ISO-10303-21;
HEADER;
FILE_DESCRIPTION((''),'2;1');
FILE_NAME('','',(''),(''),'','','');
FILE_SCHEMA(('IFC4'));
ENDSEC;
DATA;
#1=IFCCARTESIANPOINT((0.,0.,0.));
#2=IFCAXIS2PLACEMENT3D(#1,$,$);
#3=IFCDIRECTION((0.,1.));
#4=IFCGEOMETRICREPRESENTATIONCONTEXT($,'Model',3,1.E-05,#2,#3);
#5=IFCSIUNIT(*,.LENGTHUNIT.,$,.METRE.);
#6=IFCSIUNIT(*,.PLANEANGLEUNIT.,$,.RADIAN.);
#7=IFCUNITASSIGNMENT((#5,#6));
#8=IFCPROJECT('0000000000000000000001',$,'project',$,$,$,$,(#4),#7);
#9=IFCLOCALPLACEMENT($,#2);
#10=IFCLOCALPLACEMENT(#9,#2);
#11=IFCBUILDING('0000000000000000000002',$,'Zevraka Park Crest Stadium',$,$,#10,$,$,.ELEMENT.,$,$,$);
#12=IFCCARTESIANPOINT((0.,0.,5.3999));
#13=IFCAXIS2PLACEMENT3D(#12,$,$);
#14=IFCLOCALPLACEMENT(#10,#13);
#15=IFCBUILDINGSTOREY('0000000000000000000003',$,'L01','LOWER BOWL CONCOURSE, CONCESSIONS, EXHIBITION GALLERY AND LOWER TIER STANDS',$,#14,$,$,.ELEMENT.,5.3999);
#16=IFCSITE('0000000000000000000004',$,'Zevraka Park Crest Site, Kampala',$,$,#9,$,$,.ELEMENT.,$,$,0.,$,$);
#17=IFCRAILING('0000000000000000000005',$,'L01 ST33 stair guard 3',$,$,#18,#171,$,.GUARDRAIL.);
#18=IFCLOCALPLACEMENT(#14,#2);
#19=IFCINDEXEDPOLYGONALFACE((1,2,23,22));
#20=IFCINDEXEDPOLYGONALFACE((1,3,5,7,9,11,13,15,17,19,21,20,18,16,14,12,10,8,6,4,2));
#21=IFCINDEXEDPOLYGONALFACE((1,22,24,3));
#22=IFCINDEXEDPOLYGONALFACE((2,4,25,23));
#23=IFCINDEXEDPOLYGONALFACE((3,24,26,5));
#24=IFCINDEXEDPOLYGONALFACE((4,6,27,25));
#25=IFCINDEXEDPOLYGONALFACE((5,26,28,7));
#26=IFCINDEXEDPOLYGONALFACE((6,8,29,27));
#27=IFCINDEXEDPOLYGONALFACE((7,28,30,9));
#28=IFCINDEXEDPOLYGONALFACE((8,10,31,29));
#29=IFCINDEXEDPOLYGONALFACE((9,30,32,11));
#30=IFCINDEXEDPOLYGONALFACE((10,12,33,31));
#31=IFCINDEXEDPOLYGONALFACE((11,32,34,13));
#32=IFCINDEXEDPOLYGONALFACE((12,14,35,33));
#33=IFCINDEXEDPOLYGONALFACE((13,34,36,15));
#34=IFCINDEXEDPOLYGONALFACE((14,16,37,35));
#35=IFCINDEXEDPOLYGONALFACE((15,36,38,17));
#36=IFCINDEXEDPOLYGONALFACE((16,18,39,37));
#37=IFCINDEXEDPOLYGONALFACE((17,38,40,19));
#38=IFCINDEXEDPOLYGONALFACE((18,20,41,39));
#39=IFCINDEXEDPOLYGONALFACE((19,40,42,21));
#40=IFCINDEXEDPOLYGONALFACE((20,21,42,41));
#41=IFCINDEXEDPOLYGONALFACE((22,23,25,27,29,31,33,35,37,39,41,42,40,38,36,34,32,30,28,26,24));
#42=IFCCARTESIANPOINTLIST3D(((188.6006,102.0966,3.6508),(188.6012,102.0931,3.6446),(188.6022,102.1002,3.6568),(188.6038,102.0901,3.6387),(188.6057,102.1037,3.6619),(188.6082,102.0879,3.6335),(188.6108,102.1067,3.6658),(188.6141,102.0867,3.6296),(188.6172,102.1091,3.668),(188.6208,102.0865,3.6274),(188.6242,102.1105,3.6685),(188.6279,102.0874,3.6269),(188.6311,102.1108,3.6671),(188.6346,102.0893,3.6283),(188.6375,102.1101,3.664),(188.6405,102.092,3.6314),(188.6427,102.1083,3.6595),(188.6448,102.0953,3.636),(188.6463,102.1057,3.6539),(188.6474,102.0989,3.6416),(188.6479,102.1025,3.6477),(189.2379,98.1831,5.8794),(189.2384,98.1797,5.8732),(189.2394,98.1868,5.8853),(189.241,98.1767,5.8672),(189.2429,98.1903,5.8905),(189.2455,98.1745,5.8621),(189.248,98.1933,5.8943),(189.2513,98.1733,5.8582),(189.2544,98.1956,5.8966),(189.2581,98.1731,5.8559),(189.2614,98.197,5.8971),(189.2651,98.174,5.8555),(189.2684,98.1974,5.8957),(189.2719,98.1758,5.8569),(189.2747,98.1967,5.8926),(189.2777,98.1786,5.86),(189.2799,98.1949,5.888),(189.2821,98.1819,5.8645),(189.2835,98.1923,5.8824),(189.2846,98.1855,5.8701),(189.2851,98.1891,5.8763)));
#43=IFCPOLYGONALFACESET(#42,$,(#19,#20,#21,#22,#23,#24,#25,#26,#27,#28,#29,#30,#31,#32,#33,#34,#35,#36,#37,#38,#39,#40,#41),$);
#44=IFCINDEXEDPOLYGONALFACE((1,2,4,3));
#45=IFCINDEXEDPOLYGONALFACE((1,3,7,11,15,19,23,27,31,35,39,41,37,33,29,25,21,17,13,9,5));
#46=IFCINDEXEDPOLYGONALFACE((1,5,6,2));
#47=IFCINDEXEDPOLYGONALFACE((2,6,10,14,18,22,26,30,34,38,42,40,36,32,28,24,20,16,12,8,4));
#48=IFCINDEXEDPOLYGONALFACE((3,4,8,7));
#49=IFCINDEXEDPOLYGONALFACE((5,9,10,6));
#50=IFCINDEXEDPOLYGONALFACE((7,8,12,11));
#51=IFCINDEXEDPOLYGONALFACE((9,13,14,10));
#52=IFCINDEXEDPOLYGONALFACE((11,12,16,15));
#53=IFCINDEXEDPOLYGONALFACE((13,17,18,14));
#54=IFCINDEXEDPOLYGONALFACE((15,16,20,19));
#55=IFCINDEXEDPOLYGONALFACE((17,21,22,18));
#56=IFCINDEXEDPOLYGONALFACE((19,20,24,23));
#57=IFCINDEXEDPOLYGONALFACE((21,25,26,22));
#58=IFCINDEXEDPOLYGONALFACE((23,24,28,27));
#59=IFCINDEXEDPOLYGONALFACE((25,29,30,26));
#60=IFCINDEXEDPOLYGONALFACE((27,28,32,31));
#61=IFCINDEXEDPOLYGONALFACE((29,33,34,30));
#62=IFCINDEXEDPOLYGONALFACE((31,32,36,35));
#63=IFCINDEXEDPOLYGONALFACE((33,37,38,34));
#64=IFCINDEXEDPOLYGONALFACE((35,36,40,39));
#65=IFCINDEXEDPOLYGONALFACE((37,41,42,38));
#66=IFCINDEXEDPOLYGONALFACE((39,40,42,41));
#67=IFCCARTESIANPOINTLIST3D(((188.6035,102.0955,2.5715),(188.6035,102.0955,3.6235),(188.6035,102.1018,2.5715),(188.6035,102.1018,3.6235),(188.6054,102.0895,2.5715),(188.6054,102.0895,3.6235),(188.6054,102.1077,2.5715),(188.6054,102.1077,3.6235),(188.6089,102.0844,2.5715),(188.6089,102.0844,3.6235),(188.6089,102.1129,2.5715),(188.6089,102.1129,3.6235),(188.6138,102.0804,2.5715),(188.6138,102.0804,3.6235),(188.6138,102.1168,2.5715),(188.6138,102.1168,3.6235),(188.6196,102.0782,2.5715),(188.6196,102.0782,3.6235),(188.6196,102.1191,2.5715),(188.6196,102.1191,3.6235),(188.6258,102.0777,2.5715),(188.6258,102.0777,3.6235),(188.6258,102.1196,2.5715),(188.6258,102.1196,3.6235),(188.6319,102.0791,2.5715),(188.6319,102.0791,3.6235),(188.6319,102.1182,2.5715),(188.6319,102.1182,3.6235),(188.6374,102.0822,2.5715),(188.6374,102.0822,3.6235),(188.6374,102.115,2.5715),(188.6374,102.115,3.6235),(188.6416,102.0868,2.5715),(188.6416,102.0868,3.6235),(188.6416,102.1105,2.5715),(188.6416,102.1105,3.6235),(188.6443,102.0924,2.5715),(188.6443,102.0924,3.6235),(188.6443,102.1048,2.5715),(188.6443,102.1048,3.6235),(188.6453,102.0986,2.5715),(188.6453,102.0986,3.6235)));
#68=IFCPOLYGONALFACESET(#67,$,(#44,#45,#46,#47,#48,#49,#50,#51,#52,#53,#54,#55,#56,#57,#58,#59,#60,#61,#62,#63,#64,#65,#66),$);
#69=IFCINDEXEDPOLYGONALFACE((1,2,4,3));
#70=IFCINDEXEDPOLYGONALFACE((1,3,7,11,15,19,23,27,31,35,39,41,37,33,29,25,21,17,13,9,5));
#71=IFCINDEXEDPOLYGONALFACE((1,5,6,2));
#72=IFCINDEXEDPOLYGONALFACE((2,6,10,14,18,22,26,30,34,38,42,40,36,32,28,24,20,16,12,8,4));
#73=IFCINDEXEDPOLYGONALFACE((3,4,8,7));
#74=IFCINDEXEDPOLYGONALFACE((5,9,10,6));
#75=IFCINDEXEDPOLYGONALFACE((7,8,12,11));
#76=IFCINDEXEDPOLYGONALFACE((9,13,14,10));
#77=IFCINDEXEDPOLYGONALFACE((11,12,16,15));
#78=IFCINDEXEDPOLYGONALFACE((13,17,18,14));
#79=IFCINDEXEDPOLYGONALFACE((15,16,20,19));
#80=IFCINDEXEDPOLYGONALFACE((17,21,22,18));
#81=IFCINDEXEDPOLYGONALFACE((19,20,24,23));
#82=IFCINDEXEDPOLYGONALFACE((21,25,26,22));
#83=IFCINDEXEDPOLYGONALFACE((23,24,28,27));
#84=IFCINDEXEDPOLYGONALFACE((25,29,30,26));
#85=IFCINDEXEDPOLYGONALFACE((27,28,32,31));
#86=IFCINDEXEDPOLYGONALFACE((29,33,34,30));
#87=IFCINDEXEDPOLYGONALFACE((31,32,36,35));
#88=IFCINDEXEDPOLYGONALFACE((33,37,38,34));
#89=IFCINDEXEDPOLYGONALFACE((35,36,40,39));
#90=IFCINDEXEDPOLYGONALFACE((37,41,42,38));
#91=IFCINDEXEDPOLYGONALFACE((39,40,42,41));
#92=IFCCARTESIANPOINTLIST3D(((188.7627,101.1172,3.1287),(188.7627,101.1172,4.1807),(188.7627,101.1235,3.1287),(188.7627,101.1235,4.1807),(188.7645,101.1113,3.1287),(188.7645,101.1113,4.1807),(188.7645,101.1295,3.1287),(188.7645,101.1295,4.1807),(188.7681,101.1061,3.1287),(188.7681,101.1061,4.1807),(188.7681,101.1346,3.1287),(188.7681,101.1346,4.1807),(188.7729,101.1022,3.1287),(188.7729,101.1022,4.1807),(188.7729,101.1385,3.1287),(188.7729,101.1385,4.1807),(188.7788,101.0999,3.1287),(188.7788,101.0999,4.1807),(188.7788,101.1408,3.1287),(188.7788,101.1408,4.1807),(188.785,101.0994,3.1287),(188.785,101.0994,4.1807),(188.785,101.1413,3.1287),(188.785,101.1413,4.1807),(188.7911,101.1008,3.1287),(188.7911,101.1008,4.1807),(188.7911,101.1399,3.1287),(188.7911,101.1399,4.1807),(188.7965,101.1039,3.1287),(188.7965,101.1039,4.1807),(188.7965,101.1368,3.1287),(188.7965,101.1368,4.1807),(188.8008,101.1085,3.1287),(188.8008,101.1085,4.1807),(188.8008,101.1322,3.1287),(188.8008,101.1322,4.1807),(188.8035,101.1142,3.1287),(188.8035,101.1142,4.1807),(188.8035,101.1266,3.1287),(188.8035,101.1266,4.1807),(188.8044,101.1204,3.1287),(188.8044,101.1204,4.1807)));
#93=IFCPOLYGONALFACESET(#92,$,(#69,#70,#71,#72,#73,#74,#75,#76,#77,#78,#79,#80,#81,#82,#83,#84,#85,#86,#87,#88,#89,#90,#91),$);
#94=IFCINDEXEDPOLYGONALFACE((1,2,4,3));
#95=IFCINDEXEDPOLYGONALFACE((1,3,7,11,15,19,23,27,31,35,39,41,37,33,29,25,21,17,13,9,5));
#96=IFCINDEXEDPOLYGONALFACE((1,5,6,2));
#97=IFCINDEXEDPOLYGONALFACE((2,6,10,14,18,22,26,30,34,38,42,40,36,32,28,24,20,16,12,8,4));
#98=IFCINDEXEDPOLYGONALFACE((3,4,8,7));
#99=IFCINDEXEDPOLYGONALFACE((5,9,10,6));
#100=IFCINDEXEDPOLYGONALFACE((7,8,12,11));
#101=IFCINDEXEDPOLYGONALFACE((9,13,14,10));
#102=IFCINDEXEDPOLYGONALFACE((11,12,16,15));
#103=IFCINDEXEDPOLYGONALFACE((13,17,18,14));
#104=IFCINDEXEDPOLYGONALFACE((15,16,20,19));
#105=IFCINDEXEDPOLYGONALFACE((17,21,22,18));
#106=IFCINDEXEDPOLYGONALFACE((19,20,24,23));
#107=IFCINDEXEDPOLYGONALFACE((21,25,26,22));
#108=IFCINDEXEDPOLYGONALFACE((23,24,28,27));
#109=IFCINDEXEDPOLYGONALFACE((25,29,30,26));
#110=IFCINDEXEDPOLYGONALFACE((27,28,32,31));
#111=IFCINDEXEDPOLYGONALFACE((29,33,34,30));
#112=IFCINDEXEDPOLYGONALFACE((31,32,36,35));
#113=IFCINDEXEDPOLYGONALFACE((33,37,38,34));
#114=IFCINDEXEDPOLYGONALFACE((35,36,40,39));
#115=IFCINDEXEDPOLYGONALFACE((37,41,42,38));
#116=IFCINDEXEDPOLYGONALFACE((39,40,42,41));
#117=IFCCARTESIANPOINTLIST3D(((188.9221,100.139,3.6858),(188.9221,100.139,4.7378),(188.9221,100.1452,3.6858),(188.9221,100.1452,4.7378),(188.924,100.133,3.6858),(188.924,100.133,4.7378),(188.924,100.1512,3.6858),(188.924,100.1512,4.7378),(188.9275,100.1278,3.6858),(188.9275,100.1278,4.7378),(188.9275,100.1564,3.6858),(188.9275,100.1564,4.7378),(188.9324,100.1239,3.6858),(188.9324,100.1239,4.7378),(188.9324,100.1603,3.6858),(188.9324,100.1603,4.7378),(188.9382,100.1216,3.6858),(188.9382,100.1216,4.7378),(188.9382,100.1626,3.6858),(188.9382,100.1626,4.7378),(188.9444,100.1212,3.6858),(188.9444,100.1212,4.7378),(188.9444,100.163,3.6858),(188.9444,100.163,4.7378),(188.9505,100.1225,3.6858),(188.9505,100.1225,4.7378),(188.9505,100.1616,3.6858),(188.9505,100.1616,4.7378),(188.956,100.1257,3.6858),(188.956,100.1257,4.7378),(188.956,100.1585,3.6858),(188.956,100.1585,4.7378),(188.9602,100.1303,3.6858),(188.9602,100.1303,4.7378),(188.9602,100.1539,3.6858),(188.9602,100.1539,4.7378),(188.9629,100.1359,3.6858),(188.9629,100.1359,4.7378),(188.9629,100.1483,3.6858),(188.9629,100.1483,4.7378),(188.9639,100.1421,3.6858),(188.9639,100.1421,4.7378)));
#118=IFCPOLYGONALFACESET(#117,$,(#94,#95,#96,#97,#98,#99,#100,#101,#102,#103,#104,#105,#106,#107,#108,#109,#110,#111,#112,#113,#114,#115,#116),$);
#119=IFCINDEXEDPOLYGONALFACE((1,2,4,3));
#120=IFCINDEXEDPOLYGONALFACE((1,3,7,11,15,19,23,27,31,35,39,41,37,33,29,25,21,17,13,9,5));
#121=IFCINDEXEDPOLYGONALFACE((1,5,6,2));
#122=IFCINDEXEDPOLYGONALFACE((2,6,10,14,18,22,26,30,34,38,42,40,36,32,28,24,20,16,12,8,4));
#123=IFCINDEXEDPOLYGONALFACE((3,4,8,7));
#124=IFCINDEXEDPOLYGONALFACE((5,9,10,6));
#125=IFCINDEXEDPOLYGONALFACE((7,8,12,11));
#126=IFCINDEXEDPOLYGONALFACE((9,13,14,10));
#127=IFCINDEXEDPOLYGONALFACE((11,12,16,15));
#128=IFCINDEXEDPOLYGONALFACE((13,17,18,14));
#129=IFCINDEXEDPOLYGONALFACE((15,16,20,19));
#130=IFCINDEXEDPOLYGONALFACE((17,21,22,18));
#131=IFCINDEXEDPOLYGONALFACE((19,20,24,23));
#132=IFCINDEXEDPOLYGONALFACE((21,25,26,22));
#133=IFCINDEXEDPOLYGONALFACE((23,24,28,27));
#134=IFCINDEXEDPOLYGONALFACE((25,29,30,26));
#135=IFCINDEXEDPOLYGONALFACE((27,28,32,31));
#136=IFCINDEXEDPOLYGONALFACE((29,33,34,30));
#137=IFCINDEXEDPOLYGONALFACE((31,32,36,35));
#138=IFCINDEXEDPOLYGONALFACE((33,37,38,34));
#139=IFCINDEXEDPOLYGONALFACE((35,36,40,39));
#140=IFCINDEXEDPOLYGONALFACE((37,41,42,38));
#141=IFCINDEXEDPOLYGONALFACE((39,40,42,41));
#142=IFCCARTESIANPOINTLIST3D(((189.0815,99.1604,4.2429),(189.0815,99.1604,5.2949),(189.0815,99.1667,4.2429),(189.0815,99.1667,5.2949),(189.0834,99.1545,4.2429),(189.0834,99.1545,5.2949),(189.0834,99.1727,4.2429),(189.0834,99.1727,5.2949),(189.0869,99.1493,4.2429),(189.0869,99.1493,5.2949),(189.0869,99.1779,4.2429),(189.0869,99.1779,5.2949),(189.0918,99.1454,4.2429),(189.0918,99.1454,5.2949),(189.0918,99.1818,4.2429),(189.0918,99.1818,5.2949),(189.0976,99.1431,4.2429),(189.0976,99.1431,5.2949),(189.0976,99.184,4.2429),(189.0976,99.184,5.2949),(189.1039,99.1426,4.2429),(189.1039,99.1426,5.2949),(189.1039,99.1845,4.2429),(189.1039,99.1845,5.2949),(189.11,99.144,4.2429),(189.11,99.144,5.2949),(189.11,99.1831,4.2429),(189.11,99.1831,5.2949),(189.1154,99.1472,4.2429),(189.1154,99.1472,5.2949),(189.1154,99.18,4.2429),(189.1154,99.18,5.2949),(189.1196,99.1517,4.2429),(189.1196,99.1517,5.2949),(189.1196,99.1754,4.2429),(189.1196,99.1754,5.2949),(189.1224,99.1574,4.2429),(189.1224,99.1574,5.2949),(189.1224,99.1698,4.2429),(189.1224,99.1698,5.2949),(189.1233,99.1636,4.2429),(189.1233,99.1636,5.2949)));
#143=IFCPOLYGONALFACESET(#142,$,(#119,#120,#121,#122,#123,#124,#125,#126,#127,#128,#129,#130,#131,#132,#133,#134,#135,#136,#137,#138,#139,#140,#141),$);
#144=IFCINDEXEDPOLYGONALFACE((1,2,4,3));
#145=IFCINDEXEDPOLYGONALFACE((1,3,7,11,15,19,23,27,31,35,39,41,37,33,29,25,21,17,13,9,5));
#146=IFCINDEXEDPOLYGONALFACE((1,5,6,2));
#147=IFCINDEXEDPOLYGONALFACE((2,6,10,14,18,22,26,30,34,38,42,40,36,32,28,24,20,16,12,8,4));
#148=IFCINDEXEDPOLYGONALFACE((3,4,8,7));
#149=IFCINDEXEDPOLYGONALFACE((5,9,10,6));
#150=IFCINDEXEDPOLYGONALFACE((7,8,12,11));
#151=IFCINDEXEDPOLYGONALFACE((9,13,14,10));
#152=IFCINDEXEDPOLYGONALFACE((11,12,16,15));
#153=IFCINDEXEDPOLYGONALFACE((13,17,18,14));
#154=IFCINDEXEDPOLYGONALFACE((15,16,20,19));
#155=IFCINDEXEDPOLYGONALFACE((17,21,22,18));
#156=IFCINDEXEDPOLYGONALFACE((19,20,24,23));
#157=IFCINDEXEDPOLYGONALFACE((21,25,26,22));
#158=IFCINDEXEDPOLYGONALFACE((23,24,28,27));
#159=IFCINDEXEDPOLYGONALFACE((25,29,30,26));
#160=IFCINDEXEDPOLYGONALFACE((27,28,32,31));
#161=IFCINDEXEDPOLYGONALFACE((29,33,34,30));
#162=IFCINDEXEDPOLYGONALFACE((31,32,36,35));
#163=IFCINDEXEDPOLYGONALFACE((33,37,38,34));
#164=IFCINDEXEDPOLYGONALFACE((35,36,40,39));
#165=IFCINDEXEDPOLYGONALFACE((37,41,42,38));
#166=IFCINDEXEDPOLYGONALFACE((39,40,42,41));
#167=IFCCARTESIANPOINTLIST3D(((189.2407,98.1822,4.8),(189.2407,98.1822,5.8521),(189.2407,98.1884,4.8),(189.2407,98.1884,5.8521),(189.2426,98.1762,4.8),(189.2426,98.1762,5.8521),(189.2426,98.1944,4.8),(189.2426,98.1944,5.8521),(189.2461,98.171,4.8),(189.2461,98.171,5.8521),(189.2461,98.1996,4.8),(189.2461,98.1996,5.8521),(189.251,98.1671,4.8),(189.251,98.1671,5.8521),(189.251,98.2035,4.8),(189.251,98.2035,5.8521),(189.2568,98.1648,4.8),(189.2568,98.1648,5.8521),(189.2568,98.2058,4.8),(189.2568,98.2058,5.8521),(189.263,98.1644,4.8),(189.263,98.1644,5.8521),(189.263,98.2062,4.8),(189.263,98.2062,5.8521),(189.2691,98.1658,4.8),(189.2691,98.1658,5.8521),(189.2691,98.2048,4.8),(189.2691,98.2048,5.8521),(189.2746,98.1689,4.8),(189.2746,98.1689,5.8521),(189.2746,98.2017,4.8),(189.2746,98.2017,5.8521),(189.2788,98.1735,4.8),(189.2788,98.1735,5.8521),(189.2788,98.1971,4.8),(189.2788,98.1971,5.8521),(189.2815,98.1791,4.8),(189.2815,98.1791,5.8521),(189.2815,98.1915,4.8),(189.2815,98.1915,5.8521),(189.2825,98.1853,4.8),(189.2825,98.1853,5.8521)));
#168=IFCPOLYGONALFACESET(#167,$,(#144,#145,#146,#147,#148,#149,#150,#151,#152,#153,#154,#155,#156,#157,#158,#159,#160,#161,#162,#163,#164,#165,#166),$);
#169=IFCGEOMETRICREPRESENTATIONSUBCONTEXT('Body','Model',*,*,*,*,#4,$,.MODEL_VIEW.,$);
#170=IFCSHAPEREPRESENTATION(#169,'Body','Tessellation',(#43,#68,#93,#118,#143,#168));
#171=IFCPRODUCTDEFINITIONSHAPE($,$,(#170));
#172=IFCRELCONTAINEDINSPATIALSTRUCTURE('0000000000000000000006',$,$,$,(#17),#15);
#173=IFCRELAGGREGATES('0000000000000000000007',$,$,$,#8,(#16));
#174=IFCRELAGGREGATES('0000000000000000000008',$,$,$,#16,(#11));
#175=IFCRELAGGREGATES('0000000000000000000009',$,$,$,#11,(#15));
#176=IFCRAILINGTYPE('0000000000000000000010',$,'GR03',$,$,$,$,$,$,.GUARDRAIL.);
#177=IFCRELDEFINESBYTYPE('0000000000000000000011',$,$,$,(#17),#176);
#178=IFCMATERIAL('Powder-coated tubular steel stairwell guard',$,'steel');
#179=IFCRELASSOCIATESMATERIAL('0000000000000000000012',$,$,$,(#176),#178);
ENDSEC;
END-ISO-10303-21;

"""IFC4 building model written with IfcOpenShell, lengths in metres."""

from ifc_helpers import new_model, si_unit, direction, frame, origin, origin_2d, place, context, subcontext, project, spatial, circle, extrude, material, type_object, element, save


model = new_model("IFC4")

# Units and contexts
model_context = context("Model", 3, precision=1e-05, world=origin(), true_north=direction((0.0, 1.0)))
body_context = subcontext(model_context, "Body", "Model", "MODEL_VIEW")
ifc_project = project(units=[si_unit("LENGTHUNIT", "METRE"), si_unit("PLANEANGLEUNIT", "RADIAN")], contexts=[model_context])

# Site, building, storey
site_placement = place(None, origin())
site = spatial("IfcSite", under=ifc_project, at=site_placement, Name="Zevraka Park Crest Site, Kampala", CompositionType="ELEMENT", RefElevation=0.0)
building_placement = place(site_placement, origin())
building = spatial("IfcBuilding", under=site, at=building_placement, Name="Zevraka Park Crest Stadium", CompositionType="ELEMENT")
storey_placement = place(building_placement, frame((0.0, 0.0, 5.3999)))
storey = spatial("IfcBuildingStorey", under=building, at=storey_placement, Name="L01", Description="LOWER BOWL CONCOURSE, CONCESSIONS, EXHIBITION GALLERY AND LOWER TIER STANDS", CompositionType="ELEMENT", Elevation=5.3999)

# Railing
ifc_material_1 = material(Name="Powder-coated tubular steel stairwell guard", Category="steel")
railing_type_1 = type_object("IfcRailingType", Name="GR03", PredefinedType="GUARDRAIL", material=ifc_material_1)
railing_1_placement = place(storey_placement, frame((188.6243, 102.0986, 2.5715)))
element("IfcRailing", 1, at=railing_1_placement, inside=storey, type_object=railing_type_1, Name="L01 ST33 stair guard 3", PredefinedType="GUARDRAIL", context=body_context, shape_type="SweptSolid", body=[
    extrude(circle(Radius=0.0239, at=origin_2d()), frame((0.0, 0.0, 1.0762), z_axis=(0.1401, -0.860406, 0.489973), x_axis=(0.987001, 0.160713, 0.0)), (0.0, 0.0, 1.0), 4.5483),
    extrude(circle(Radius=0.021, at=origin_2d()), origin(), (0.0, 0.0, 1.0), 1.052),
    extrude(circle(Radius=0.021, at=origin_2d()), frame((0.1592, -0.9783, 0.5571)), (0.0, 0.0, 1.0), 1.052),
    extrude(circle(Radius=0.021, at=origin_2d()), frame((0.3186, -1.9565, 1.1143)), (0.0, 0.0, 1.0), 1.052),
    extrude(circle(Radius=0.021, at=origin_2d()), frame((0.478, -2.9351, 1.6714)), (0.0, 0.0, 1.0), 1.052),
    extrude(circle(Radius=0.021, at=origin_2d()), frame((0.6372, -3.9133, 2.2285)), (0.0, 0.0, 1.0), 1.052),
])

save(model, "model.ifc")
